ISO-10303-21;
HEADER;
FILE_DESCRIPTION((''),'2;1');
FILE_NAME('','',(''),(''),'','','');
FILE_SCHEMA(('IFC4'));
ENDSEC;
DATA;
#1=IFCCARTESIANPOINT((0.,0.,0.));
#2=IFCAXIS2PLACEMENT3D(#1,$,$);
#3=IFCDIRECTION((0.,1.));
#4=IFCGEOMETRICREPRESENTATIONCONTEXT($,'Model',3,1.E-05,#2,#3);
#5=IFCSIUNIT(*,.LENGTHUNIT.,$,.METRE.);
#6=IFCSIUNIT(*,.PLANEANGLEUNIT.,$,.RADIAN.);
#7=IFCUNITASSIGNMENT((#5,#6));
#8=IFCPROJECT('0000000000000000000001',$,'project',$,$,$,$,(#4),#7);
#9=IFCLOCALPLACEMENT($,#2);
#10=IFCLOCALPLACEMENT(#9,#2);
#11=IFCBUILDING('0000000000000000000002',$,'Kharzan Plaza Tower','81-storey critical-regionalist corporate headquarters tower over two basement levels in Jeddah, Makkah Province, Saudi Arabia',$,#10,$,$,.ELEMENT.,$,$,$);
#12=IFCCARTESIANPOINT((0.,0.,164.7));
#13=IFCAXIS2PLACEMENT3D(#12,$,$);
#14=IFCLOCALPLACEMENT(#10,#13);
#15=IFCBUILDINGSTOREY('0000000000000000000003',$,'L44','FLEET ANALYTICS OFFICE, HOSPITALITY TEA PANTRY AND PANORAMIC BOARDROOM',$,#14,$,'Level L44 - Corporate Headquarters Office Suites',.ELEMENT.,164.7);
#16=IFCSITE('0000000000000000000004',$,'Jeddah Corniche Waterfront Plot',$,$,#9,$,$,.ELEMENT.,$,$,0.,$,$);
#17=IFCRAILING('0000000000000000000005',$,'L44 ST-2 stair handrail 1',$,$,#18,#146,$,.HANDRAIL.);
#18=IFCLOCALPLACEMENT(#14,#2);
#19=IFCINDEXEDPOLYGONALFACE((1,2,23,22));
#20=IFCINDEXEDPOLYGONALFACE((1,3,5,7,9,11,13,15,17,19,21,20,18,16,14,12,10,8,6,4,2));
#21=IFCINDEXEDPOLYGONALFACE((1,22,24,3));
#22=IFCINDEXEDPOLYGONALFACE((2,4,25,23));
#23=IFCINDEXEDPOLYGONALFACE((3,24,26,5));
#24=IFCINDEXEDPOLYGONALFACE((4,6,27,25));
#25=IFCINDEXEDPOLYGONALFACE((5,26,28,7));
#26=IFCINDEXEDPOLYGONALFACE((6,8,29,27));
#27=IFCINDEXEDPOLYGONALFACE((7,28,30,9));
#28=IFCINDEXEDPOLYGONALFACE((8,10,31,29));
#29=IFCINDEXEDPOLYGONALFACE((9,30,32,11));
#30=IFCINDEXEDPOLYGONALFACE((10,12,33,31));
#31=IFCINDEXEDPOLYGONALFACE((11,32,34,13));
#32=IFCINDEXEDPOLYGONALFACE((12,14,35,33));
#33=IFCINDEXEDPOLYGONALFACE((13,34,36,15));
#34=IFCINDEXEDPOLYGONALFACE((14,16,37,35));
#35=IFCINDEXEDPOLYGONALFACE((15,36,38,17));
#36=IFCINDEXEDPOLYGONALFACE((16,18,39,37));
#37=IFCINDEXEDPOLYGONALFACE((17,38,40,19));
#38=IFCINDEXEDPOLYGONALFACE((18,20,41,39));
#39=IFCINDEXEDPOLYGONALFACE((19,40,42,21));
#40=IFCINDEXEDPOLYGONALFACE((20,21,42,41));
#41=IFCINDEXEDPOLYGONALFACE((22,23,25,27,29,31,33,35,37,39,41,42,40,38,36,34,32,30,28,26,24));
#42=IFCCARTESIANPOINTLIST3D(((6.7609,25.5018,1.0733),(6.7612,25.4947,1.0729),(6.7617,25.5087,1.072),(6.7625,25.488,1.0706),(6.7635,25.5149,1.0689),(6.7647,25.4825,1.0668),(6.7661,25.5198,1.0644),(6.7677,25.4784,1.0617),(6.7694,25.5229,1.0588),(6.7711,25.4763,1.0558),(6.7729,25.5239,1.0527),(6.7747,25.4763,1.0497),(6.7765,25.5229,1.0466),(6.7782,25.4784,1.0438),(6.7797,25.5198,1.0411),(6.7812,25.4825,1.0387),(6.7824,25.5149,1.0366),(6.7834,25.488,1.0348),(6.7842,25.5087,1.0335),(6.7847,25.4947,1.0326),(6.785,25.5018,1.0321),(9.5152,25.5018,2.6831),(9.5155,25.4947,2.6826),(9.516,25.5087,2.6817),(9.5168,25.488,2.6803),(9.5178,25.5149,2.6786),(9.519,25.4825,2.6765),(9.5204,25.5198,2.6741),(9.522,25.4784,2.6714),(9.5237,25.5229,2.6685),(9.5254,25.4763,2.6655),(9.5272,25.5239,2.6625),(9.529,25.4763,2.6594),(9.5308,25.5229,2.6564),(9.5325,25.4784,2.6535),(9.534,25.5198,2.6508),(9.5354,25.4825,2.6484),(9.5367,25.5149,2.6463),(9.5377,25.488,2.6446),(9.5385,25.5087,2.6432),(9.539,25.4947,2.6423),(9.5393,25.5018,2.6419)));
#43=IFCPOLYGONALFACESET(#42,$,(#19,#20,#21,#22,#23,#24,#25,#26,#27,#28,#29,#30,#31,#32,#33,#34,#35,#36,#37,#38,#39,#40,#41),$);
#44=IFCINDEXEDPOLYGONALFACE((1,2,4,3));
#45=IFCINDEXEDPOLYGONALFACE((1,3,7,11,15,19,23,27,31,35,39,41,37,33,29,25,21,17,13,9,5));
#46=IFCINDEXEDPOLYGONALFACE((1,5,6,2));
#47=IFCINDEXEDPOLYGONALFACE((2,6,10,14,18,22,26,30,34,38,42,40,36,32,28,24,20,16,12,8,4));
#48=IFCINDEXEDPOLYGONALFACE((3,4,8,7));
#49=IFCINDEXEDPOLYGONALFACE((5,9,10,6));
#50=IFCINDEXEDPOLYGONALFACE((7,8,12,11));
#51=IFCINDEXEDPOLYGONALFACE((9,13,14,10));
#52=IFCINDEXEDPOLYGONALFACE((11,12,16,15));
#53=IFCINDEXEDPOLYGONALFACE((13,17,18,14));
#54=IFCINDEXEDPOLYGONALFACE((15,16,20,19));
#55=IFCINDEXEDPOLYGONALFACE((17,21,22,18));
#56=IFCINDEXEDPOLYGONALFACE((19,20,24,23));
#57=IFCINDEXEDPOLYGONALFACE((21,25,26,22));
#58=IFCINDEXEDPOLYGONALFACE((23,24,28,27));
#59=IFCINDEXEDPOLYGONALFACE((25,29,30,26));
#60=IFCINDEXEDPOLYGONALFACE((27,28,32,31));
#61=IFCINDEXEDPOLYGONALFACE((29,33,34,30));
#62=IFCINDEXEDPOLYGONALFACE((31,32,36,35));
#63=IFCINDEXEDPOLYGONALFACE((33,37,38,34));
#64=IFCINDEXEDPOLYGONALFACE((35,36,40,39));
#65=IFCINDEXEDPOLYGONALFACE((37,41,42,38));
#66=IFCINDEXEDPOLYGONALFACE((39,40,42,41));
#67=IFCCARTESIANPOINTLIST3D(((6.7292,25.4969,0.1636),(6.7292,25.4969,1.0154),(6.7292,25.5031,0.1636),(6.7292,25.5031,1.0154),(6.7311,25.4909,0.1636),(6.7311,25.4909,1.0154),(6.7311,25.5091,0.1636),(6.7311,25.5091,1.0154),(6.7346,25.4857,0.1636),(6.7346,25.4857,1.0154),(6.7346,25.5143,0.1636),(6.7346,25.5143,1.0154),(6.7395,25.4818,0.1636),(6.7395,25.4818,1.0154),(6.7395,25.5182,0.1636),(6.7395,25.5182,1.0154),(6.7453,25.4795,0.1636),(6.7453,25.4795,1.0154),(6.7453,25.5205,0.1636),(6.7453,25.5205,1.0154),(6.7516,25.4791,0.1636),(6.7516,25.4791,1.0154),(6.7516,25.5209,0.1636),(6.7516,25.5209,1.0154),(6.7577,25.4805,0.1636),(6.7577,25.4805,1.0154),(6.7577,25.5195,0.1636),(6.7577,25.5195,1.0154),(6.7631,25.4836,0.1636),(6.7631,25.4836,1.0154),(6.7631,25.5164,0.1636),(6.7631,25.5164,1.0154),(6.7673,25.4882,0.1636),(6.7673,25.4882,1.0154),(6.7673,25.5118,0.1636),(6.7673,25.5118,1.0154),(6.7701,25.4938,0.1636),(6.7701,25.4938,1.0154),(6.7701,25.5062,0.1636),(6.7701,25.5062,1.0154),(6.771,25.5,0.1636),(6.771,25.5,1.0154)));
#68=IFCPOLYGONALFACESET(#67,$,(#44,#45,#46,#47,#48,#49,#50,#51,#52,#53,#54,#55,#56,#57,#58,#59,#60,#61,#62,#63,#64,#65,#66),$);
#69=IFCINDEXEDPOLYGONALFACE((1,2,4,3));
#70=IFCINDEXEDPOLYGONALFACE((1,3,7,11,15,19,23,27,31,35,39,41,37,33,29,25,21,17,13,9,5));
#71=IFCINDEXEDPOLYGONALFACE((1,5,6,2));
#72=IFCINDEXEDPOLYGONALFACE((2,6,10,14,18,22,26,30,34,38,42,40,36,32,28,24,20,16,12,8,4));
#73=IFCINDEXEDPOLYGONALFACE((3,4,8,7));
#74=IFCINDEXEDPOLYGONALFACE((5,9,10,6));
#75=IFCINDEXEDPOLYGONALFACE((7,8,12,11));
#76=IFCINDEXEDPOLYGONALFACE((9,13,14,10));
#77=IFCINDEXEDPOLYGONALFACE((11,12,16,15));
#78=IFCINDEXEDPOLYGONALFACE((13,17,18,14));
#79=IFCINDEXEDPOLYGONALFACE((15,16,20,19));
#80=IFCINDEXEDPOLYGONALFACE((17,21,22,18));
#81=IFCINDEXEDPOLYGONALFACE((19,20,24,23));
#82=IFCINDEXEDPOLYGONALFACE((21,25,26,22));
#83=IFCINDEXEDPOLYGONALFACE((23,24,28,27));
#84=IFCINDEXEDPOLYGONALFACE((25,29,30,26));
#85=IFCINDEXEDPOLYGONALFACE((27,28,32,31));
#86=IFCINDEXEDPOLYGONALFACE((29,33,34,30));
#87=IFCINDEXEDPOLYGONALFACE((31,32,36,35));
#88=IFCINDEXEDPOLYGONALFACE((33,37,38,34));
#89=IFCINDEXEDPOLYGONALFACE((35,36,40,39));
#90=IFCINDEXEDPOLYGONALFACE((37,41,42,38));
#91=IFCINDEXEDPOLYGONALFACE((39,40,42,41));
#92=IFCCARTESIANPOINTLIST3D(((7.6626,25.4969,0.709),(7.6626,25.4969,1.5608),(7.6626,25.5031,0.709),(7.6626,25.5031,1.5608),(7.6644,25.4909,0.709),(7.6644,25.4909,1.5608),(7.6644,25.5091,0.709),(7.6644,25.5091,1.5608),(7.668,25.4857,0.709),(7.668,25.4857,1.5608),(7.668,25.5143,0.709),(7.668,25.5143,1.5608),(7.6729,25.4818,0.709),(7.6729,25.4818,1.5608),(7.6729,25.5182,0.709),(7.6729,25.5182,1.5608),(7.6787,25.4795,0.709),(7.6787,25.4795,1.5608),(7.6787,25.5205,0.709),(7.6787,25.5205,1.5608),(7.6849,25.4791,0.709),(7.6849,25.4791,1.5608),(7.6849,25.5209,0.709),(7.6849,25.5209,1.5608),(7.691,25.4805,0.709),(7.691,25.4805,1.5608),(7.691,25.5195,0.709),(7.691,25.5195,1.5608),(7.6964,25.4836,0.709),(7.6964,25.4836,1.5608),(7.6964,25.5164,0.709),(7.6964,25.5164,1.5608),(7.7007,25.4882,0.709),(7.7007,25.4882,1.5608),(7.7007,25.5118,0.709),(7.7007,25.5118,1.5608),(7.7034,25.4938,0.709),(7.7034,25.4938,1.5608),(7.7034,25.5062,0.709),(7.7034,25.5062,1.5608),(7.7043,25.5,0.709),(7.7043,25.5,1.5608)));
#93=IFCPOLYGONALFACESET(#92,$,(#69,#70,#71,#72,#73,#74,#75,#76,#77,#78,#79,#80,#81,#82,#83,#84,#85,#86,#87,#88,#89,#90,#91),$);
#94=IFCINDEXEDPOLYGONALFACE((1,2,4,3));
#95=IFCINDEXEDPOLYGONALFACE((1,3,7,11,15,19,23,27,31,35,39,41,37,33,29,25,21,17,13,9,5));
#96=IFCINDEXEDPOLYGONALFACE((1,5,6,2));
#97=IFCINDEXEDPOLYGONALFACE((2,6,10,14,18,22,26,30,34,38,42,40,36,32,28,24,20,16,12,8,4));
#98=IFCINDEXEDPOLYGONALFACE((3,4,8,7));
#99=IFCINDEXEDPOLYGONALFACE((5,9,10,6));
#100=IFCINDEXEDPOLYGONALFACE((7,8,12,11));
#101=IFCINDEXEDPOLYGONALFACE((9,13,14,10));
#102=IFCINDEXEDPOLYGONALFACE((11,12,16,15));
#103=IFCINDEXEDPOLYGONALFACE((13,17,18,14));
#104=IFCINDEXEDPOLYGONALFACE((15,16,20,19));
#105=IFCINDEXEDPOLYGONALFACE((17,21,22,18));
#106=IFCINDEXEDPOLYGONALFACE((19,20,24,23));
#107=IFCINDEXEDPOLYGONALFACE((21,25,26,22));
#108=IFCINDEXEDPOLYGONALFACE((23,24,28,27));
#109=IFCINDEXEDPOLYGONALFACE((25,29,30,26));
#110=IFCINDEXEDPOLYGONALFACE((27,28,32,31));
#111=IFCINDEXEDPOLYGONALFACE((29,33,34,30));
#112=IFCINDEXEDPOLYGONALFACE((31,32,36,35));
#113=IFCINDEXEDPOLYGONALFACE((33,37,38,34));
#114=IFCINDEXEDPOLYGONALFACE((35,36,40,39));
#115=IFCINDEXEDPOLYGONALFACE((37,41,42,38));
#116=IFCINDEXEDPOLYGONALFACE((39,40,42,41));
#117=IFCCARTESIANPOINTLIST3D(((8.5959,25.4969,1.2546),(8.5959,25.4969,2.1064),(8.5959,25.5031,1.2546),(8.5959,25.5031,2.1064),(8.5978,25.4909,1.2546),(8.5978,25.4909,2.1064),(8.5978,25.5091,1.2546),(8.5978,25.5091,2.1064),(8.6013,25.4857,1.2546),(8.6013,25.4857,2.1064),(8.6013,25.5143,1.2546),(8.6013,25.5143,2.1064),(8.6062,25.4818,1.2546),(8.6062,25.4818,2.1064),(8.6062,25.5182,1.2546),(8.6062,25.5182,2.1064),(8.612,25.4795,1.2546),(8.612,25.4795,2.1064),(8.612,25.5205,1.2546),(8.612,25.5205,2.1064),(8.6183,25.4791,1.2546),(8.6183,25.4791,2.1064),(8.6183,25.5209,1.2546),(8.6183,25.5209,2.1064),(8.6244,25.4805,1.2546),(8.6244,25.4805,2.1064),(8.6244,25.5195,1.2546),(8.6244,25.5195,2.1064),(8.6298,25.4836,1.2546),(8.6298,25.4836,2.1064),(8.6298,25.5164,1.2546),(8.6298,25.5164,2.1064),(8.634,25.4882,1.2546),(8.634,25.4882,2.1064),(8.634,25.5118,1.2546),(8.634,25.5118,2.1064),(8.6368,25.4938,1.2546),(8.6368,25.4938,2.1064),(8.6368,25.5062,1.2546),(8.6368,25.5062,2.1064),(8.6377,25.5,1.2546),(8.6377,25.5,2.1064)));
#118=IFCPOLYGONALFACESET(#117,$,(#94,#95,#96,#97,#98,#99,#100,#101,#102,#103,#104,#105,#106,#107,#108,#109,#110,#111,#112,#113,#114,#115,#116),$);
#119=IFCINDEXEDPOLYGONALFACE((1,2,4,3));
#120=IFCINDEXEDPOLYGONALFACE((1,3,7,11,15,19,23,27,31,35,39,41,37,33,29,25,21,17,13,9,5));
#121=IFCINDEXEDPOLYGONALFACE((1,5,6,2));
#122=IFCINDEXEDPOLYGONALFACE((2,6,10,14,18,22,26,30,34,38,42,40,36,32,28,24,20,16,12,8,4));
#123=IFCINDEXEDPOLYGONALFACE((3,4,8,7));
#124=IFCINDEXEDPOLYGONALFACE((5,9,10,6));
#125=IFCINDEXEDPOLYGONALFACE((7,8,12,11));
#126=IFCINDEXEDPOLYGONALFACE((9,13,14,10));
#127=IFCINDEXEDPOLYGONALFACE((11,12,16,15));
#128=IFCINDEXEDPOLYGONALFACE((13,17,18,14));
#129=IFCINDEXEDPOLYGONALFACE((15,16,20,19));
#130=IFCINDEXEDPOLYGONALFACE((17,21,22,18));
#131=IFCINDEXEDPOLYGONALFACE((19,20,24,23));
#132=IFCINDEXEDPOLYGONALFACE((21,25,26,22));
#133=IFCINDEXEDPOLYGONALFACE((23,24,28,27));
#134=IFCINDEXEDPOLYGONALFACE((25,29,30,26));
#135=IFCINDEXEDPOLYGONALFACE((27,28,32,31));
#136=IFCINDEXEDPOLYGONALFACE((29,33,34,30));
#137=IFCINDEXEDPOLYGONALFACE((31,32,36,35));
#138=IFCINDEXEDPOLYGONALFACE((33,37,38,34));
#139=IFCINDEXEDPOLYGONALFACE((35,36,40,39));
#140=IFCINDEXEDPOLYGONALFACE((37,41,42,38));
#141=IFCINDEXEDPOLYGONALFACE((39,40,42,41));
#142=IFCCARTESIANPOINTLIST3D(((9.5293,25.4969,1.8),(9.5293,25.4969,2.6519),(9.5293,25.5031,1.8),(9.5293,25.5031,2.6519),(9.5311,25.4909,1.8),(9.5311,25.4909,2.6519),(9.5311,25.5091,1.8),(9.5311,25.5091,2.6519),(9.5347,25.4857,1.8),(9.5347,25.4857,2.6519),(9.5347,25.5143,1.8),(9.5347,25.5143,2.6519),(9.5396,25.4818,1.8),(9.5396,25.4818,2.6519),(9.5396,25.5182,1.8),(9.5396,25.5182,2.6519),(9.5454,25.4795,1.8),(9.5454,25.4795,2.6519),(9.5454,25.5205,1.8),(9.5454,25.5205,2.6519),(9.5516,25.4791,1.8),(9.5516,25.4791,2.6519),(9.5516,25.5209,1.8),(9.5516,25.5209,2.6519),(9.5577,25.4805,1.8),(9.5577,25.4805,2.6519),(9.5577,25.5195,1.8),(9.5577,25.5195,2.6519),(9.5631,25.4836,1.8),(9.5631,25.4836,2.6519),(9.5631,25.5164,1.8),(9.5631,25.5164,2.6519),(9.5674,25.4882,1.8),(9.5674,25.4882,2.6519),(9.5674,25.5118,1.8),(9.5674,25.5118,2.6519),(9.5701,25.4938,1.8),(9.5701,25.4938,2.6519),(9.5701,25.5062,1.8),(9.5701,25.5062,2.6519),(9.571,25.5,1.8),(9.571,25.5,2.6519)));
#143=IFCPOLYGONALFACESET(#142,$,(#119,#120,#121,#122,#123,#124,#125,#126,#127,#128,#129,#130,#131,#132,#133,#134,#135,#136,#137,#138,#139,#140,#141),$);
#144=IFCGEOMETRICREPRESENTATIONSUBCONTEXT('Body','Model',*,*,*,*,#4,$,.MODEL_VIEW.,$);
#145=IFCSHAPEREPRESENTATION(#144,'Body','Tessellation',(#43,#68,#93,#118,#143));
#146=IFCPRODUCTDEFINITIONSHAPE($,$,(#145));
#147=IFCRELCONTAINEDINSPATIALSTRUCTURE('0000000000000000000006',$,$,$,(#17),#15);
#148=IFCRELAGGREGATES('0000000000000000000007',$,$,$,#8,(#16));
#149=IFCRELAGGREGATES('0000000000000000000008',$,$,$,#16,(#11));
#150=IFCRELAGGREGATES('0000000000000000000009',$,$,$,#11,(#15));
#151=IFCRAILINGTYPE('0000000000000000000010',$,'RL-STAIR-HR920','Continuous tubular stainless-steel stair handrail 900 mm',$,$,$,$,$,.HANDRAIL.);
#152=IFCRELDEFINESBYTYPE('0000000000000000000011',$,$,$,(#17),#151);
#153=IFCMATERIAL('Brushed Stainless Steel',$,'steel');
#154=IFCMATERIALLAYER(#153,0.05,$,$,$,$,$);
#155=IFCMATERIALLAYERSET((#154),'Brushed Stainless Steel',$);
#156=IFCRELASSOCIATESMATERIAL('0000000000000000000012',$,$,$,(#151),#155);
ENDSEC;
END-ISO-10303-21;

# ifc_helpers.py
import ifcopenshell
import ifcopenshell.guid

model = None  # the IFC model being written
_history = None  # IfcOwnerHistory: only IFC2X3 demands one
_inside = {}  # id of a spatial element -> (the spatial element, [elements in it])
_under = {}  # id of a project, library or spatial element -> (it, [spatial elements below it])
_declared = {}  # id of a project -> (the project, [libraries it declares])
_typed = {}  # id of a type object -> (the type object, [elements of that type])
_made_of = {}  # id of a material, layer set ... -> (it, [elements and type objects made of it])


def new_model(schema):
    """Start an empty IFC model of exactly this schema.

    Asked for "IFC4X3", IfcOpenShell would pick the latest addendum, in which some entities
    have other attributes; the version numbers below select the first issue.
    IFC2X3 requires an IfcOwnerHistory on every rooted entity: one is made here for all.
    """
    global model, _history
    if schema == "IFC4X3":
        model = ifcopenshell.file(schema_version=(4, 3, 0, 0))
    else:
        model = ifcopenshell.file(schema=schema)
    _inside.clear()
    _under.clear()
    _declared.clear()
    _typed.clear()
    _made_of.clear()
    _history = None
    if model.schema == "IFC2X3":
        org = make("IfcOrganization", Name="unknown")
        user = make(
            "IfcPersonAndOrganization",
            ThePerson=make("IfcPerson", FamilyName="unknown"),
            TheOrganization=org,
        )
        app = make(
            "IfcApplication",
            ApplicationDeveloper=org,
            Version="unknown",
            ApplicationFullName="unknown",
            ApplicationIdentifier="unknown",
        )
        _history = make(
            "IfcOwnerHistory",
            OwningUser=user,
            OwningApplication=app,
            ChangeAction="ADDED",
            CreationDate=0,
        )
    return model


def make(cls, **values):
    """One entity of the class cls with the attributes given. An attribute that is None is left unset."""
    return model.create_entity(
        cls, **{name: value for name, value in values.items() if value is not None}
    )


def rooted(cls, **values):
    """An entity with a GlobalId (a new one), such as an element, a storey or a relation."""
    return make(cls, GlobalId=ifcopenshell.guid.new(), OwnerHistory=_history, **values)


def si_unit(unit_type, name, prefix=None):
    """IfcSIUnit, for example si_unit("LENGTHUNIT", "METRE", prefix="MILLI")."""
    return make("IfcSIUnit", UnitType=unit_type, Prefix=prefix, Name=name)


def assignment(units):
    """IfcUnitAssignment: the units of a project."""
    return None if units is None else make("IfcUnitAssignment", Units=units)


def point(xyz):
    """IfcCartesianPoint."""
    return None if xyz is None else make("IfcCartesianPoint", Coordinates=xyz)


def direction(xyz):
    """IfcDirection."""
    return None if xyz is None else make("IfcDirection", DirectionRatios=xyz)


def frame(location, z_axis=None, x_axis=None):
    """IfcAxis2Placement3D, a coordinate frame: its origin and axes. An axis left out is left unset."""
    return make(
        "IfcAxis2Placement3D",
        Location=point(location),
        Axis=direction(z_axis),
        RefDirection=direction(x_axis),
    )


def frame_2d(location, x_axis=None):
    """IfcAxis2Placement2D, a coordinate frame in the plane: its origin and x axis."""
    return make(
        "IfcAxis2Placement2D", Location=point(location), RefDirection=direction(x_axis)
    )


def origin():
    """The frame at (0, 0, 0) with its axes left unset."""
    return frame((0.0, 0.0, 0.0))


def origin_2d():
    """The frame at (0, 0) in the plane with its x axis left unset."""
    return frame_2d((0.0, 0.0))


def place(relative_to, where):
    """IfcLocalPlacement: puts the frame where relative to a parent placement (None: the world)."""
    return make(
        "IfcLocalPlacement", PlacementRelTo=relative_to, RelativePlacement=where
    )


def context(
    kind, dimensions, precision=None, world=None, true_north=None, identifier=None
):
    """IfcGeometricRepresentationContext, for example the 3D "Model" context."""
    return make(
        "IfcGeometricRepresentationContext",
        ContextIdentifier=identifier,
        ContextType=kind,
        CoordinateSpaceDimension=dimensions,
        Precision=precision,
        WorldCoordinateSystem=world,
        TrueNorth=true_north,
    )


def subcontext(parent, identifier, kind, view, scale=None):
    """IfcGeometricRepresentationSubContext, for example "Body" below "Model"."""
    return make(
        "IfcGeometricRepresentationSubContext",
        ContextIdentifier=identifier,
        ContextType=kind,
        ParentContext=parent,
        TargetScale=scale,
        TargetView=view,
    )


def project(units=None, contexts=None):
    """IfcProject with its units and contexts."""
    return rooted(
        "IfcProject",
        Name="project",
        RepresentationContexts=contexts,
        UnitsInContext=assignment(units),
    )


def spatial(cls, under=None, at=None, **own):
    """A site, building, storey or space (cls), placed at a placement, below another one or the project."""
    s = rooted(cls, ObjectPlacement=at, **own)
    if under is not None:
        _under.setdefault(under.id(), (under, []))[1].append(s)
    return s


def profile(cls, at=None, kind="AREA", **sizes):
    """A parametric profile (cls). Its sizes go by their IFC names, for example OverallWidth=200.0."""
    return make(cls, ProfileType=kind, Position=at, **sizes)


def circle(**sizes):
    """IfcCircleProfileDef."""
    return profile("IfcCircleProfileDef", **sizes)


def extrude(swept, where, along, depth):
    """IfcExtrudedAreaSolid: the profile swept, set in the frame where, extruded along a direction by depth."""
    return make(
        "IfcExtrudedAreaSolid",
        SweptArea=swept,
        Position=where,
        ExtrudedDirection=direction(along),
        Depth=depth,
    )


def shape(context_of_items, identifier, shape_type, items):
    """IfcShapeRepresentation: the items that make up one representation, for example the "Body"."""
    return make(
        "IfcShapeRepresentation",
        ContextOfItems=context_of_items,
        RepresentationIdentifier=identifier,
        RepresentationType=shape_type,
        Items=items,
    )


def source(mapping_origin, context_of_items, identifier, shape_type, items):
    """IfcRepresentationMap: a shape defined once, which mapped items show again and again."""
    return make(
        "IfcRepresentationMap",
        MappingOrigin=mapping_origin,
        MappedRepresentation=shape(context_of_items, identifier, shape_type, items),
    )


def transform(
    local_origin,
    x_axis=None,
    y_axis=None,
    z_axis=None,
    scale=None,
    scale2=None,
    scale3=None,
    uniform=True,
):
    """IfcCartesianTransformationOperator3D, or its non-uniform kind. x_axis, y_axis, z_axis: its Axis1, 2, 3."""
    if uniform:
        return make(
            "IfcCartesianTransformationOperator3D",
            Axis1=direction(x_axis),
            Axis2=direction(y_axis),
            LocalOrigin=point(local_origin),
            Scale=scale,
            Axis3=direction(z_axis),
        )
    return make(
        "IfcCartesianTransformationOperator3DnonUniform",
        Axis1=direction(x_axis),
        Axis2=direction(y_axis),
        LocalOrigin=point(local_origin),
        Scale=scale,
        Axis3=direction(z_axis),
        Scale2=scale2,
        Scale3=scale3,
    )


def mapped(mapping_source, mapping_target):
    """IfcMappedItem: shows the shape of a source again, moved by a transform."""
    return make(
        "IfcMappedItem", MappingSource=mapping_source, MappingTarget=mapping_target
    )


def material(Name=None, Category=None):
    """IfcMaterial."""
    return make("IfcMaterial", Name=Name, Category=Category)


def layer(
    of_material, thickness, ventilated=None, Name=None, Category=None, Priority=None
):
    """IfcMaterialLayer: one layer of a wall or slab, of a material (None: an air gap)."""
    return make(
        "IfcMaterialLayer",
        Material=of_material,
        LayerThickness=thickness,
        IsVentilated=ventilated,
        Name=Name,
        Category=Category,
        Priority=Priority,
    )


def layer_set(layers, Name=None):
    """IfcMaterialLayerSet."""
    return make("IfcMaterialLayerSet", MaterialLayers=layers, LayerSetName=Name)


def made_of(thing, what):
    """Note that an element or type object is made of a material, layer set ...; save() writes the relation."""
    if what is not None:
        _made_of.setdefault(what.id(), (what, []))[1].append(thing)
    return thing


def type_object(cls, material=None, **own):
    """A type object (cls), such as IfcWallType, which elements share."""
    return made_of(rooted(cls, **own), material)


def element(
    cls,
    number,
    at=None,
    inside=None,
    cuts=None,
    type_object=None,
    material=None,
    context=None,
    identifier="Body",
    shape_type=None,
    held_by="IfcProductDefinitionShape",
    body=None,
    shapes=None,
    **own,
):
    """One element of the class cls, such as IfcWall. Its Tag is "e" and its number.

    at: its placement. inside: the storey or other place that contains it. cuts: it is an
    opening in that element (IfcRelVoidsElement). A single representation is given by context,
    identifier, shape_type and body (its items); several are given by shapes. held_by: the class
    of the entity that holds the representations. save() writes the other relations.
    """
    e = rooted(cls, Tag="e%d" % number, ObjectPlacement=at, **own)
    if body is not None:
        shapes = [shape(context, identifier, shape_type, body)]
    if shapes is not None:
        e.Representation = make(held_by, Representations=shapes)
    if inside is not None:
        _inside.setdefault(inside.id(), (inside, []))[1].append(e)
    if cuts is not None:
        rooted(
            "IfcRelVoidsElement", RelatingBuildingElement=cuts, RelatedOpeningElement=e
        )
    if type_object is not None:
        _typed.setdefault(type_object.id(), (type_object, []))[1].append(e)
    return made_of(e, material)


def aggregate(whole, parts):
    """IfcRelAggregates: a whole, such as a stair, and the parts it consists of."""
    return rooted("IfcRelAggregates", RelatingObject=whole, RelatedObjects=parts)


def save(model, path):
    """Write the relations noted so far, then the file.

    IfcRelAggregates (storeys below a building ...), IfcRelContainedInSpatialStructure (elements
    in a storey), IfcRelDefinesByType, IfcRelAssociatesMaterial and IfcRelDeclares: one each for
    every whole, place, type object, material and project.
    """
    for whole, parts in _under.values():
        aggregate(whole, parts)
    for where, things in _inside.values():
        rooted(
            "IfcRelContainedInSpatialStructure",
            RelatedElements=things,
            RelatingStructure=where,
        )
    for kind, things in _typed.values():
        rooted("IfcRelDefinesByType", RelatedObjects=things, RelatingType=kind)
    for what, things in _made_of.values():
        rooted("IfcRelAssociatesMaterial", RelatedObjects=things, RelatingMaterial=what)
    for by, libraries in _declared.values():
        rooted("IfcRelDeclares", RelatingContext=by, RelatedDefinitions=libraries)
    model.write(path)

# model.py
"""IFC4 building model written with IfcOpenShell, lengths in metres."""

from ifc_helpers import new_model, si_unit, direction, frame, origin, origin_2d, place, context, subcontext, project, spatial, circle, extrude, source, transform, mapped, material, layer, layer_set, type_object, element, save


model = new_model("IFC4")

# Units and contexts
model_context = context("Model", 3, precision=1e-05, world=origin(), true_north=direction((0.0, 1.0)))
body_context = subcontext(model_context, "Body", "Model", "MODEL_VIEW")
ifc_project = project(units=[si_unit("LENGTHUNIT", "METRE"), si_unit("PLANEANGLEUNIT", "RADIAN")], contexts=[model_context])

# Site, building, storey
site_placement = place(None, origin())
site = spatial("IfcSite", under=ifc_project, at=site_placement, Name="Jeddah Corniche Waterfront Plot", CompositionType="ELEMENT", RefElevation=0.0)
building_placement = place(site_placement, origin())
building = spatial("IfcBuilding", under=site, at=building_placement, Name="Kharzan Plaza Tower", Description="81-storey critical-regionalist corporate headquarters tower over two basement levels in Jeddah, Makkah Province, Saudi Arabia", CompositionType="ELEMENT")
storey_placement = place(building_placement, frame((0.0, 0.0, 164.7)))
storey = spatial("IfcBuildingStorey", under=building, at=storey_placement, Name="L44", Description="FLEET ANALYTICS OFFICE, HOSPITALITY TEA PANTRY AND PANORAMIC BOARDROOM", LongName="Level L44 - Corporate Headquarters Office Suites", CompositionType="ELEMENT", Elevation=164.7)

# Shared definitions
ifc_material_1 = material(Name="Brushed Stainless Steel", Category="steel")

# Railing
ifc_layer_1 = layer(ifc_material_1, 0.05)
ifc_layer_set_1 = layer_set([ifc_layer_1], Name="Brushed Stainless Steel")
railing_type_1 = type_object("IfcRailingType", Name="RL-STAIR-HR920", Description="Continuous tubular stainless-steel stair handrail 900 mm", PredefinedType="HANDRAIL", material=ifc_layer_set_1)
shared_shape_1 = source(origin(), body_context, "Body", "SweptSolid", [
    extrude(circle(Radius=0.0239, at=origin_2d()), frame((0.0229, 0.0, 0.8892), z_axis=(0.863361, 0.0, 0.504587), x_axis=(0.0, 1.0, 0.0)), (0.0, 0.0, 1.0), 3.1902),
    extrude(circle(Radius=0.021, at=origin_2d()), origin(), (0.0, 0.0, 1.0), 0.8518),
    extrude(circle(Radius=0.021, at=origin_2d()), frame((0.9333, 0.0, 0.5454)), (0.0, 0.0, 1.0), 0.8518),
    extrude(circle(Radius=0.021, at=origin_2d()), frame((1.8667, 0.0, 1.0911)), (0.0, 0.0, 1.0), 0.8518),
    extrude(circle(Radius=0.021, at=origin_2d()), frame((2.8, 0.0, 1.6365)), (0.0, 0.0, 1.0), 0.8518),
])
railing_1_placement = place(storey_placement, frame((6.75, 25.5, 0.1636)))
element("IfcRailing", 1, at=railing_1_placement, inside=storey, type_object=railing_type_1, Name="L44 ST-2 stair handrail 1", PredefinedType="HANDRAIL", context=body_context, shape_type="MappedRepresentation", body=[
    mapped(shared_shape_1, transform((0.0, 0.0, 0.0), x_axis=(1.0, 0.0, 0.0), y_axis=(0.0, 1.0, 0.0), z_axis=(0.0, 0.0, 1.0))),
])

save(model, "model.ifc")
